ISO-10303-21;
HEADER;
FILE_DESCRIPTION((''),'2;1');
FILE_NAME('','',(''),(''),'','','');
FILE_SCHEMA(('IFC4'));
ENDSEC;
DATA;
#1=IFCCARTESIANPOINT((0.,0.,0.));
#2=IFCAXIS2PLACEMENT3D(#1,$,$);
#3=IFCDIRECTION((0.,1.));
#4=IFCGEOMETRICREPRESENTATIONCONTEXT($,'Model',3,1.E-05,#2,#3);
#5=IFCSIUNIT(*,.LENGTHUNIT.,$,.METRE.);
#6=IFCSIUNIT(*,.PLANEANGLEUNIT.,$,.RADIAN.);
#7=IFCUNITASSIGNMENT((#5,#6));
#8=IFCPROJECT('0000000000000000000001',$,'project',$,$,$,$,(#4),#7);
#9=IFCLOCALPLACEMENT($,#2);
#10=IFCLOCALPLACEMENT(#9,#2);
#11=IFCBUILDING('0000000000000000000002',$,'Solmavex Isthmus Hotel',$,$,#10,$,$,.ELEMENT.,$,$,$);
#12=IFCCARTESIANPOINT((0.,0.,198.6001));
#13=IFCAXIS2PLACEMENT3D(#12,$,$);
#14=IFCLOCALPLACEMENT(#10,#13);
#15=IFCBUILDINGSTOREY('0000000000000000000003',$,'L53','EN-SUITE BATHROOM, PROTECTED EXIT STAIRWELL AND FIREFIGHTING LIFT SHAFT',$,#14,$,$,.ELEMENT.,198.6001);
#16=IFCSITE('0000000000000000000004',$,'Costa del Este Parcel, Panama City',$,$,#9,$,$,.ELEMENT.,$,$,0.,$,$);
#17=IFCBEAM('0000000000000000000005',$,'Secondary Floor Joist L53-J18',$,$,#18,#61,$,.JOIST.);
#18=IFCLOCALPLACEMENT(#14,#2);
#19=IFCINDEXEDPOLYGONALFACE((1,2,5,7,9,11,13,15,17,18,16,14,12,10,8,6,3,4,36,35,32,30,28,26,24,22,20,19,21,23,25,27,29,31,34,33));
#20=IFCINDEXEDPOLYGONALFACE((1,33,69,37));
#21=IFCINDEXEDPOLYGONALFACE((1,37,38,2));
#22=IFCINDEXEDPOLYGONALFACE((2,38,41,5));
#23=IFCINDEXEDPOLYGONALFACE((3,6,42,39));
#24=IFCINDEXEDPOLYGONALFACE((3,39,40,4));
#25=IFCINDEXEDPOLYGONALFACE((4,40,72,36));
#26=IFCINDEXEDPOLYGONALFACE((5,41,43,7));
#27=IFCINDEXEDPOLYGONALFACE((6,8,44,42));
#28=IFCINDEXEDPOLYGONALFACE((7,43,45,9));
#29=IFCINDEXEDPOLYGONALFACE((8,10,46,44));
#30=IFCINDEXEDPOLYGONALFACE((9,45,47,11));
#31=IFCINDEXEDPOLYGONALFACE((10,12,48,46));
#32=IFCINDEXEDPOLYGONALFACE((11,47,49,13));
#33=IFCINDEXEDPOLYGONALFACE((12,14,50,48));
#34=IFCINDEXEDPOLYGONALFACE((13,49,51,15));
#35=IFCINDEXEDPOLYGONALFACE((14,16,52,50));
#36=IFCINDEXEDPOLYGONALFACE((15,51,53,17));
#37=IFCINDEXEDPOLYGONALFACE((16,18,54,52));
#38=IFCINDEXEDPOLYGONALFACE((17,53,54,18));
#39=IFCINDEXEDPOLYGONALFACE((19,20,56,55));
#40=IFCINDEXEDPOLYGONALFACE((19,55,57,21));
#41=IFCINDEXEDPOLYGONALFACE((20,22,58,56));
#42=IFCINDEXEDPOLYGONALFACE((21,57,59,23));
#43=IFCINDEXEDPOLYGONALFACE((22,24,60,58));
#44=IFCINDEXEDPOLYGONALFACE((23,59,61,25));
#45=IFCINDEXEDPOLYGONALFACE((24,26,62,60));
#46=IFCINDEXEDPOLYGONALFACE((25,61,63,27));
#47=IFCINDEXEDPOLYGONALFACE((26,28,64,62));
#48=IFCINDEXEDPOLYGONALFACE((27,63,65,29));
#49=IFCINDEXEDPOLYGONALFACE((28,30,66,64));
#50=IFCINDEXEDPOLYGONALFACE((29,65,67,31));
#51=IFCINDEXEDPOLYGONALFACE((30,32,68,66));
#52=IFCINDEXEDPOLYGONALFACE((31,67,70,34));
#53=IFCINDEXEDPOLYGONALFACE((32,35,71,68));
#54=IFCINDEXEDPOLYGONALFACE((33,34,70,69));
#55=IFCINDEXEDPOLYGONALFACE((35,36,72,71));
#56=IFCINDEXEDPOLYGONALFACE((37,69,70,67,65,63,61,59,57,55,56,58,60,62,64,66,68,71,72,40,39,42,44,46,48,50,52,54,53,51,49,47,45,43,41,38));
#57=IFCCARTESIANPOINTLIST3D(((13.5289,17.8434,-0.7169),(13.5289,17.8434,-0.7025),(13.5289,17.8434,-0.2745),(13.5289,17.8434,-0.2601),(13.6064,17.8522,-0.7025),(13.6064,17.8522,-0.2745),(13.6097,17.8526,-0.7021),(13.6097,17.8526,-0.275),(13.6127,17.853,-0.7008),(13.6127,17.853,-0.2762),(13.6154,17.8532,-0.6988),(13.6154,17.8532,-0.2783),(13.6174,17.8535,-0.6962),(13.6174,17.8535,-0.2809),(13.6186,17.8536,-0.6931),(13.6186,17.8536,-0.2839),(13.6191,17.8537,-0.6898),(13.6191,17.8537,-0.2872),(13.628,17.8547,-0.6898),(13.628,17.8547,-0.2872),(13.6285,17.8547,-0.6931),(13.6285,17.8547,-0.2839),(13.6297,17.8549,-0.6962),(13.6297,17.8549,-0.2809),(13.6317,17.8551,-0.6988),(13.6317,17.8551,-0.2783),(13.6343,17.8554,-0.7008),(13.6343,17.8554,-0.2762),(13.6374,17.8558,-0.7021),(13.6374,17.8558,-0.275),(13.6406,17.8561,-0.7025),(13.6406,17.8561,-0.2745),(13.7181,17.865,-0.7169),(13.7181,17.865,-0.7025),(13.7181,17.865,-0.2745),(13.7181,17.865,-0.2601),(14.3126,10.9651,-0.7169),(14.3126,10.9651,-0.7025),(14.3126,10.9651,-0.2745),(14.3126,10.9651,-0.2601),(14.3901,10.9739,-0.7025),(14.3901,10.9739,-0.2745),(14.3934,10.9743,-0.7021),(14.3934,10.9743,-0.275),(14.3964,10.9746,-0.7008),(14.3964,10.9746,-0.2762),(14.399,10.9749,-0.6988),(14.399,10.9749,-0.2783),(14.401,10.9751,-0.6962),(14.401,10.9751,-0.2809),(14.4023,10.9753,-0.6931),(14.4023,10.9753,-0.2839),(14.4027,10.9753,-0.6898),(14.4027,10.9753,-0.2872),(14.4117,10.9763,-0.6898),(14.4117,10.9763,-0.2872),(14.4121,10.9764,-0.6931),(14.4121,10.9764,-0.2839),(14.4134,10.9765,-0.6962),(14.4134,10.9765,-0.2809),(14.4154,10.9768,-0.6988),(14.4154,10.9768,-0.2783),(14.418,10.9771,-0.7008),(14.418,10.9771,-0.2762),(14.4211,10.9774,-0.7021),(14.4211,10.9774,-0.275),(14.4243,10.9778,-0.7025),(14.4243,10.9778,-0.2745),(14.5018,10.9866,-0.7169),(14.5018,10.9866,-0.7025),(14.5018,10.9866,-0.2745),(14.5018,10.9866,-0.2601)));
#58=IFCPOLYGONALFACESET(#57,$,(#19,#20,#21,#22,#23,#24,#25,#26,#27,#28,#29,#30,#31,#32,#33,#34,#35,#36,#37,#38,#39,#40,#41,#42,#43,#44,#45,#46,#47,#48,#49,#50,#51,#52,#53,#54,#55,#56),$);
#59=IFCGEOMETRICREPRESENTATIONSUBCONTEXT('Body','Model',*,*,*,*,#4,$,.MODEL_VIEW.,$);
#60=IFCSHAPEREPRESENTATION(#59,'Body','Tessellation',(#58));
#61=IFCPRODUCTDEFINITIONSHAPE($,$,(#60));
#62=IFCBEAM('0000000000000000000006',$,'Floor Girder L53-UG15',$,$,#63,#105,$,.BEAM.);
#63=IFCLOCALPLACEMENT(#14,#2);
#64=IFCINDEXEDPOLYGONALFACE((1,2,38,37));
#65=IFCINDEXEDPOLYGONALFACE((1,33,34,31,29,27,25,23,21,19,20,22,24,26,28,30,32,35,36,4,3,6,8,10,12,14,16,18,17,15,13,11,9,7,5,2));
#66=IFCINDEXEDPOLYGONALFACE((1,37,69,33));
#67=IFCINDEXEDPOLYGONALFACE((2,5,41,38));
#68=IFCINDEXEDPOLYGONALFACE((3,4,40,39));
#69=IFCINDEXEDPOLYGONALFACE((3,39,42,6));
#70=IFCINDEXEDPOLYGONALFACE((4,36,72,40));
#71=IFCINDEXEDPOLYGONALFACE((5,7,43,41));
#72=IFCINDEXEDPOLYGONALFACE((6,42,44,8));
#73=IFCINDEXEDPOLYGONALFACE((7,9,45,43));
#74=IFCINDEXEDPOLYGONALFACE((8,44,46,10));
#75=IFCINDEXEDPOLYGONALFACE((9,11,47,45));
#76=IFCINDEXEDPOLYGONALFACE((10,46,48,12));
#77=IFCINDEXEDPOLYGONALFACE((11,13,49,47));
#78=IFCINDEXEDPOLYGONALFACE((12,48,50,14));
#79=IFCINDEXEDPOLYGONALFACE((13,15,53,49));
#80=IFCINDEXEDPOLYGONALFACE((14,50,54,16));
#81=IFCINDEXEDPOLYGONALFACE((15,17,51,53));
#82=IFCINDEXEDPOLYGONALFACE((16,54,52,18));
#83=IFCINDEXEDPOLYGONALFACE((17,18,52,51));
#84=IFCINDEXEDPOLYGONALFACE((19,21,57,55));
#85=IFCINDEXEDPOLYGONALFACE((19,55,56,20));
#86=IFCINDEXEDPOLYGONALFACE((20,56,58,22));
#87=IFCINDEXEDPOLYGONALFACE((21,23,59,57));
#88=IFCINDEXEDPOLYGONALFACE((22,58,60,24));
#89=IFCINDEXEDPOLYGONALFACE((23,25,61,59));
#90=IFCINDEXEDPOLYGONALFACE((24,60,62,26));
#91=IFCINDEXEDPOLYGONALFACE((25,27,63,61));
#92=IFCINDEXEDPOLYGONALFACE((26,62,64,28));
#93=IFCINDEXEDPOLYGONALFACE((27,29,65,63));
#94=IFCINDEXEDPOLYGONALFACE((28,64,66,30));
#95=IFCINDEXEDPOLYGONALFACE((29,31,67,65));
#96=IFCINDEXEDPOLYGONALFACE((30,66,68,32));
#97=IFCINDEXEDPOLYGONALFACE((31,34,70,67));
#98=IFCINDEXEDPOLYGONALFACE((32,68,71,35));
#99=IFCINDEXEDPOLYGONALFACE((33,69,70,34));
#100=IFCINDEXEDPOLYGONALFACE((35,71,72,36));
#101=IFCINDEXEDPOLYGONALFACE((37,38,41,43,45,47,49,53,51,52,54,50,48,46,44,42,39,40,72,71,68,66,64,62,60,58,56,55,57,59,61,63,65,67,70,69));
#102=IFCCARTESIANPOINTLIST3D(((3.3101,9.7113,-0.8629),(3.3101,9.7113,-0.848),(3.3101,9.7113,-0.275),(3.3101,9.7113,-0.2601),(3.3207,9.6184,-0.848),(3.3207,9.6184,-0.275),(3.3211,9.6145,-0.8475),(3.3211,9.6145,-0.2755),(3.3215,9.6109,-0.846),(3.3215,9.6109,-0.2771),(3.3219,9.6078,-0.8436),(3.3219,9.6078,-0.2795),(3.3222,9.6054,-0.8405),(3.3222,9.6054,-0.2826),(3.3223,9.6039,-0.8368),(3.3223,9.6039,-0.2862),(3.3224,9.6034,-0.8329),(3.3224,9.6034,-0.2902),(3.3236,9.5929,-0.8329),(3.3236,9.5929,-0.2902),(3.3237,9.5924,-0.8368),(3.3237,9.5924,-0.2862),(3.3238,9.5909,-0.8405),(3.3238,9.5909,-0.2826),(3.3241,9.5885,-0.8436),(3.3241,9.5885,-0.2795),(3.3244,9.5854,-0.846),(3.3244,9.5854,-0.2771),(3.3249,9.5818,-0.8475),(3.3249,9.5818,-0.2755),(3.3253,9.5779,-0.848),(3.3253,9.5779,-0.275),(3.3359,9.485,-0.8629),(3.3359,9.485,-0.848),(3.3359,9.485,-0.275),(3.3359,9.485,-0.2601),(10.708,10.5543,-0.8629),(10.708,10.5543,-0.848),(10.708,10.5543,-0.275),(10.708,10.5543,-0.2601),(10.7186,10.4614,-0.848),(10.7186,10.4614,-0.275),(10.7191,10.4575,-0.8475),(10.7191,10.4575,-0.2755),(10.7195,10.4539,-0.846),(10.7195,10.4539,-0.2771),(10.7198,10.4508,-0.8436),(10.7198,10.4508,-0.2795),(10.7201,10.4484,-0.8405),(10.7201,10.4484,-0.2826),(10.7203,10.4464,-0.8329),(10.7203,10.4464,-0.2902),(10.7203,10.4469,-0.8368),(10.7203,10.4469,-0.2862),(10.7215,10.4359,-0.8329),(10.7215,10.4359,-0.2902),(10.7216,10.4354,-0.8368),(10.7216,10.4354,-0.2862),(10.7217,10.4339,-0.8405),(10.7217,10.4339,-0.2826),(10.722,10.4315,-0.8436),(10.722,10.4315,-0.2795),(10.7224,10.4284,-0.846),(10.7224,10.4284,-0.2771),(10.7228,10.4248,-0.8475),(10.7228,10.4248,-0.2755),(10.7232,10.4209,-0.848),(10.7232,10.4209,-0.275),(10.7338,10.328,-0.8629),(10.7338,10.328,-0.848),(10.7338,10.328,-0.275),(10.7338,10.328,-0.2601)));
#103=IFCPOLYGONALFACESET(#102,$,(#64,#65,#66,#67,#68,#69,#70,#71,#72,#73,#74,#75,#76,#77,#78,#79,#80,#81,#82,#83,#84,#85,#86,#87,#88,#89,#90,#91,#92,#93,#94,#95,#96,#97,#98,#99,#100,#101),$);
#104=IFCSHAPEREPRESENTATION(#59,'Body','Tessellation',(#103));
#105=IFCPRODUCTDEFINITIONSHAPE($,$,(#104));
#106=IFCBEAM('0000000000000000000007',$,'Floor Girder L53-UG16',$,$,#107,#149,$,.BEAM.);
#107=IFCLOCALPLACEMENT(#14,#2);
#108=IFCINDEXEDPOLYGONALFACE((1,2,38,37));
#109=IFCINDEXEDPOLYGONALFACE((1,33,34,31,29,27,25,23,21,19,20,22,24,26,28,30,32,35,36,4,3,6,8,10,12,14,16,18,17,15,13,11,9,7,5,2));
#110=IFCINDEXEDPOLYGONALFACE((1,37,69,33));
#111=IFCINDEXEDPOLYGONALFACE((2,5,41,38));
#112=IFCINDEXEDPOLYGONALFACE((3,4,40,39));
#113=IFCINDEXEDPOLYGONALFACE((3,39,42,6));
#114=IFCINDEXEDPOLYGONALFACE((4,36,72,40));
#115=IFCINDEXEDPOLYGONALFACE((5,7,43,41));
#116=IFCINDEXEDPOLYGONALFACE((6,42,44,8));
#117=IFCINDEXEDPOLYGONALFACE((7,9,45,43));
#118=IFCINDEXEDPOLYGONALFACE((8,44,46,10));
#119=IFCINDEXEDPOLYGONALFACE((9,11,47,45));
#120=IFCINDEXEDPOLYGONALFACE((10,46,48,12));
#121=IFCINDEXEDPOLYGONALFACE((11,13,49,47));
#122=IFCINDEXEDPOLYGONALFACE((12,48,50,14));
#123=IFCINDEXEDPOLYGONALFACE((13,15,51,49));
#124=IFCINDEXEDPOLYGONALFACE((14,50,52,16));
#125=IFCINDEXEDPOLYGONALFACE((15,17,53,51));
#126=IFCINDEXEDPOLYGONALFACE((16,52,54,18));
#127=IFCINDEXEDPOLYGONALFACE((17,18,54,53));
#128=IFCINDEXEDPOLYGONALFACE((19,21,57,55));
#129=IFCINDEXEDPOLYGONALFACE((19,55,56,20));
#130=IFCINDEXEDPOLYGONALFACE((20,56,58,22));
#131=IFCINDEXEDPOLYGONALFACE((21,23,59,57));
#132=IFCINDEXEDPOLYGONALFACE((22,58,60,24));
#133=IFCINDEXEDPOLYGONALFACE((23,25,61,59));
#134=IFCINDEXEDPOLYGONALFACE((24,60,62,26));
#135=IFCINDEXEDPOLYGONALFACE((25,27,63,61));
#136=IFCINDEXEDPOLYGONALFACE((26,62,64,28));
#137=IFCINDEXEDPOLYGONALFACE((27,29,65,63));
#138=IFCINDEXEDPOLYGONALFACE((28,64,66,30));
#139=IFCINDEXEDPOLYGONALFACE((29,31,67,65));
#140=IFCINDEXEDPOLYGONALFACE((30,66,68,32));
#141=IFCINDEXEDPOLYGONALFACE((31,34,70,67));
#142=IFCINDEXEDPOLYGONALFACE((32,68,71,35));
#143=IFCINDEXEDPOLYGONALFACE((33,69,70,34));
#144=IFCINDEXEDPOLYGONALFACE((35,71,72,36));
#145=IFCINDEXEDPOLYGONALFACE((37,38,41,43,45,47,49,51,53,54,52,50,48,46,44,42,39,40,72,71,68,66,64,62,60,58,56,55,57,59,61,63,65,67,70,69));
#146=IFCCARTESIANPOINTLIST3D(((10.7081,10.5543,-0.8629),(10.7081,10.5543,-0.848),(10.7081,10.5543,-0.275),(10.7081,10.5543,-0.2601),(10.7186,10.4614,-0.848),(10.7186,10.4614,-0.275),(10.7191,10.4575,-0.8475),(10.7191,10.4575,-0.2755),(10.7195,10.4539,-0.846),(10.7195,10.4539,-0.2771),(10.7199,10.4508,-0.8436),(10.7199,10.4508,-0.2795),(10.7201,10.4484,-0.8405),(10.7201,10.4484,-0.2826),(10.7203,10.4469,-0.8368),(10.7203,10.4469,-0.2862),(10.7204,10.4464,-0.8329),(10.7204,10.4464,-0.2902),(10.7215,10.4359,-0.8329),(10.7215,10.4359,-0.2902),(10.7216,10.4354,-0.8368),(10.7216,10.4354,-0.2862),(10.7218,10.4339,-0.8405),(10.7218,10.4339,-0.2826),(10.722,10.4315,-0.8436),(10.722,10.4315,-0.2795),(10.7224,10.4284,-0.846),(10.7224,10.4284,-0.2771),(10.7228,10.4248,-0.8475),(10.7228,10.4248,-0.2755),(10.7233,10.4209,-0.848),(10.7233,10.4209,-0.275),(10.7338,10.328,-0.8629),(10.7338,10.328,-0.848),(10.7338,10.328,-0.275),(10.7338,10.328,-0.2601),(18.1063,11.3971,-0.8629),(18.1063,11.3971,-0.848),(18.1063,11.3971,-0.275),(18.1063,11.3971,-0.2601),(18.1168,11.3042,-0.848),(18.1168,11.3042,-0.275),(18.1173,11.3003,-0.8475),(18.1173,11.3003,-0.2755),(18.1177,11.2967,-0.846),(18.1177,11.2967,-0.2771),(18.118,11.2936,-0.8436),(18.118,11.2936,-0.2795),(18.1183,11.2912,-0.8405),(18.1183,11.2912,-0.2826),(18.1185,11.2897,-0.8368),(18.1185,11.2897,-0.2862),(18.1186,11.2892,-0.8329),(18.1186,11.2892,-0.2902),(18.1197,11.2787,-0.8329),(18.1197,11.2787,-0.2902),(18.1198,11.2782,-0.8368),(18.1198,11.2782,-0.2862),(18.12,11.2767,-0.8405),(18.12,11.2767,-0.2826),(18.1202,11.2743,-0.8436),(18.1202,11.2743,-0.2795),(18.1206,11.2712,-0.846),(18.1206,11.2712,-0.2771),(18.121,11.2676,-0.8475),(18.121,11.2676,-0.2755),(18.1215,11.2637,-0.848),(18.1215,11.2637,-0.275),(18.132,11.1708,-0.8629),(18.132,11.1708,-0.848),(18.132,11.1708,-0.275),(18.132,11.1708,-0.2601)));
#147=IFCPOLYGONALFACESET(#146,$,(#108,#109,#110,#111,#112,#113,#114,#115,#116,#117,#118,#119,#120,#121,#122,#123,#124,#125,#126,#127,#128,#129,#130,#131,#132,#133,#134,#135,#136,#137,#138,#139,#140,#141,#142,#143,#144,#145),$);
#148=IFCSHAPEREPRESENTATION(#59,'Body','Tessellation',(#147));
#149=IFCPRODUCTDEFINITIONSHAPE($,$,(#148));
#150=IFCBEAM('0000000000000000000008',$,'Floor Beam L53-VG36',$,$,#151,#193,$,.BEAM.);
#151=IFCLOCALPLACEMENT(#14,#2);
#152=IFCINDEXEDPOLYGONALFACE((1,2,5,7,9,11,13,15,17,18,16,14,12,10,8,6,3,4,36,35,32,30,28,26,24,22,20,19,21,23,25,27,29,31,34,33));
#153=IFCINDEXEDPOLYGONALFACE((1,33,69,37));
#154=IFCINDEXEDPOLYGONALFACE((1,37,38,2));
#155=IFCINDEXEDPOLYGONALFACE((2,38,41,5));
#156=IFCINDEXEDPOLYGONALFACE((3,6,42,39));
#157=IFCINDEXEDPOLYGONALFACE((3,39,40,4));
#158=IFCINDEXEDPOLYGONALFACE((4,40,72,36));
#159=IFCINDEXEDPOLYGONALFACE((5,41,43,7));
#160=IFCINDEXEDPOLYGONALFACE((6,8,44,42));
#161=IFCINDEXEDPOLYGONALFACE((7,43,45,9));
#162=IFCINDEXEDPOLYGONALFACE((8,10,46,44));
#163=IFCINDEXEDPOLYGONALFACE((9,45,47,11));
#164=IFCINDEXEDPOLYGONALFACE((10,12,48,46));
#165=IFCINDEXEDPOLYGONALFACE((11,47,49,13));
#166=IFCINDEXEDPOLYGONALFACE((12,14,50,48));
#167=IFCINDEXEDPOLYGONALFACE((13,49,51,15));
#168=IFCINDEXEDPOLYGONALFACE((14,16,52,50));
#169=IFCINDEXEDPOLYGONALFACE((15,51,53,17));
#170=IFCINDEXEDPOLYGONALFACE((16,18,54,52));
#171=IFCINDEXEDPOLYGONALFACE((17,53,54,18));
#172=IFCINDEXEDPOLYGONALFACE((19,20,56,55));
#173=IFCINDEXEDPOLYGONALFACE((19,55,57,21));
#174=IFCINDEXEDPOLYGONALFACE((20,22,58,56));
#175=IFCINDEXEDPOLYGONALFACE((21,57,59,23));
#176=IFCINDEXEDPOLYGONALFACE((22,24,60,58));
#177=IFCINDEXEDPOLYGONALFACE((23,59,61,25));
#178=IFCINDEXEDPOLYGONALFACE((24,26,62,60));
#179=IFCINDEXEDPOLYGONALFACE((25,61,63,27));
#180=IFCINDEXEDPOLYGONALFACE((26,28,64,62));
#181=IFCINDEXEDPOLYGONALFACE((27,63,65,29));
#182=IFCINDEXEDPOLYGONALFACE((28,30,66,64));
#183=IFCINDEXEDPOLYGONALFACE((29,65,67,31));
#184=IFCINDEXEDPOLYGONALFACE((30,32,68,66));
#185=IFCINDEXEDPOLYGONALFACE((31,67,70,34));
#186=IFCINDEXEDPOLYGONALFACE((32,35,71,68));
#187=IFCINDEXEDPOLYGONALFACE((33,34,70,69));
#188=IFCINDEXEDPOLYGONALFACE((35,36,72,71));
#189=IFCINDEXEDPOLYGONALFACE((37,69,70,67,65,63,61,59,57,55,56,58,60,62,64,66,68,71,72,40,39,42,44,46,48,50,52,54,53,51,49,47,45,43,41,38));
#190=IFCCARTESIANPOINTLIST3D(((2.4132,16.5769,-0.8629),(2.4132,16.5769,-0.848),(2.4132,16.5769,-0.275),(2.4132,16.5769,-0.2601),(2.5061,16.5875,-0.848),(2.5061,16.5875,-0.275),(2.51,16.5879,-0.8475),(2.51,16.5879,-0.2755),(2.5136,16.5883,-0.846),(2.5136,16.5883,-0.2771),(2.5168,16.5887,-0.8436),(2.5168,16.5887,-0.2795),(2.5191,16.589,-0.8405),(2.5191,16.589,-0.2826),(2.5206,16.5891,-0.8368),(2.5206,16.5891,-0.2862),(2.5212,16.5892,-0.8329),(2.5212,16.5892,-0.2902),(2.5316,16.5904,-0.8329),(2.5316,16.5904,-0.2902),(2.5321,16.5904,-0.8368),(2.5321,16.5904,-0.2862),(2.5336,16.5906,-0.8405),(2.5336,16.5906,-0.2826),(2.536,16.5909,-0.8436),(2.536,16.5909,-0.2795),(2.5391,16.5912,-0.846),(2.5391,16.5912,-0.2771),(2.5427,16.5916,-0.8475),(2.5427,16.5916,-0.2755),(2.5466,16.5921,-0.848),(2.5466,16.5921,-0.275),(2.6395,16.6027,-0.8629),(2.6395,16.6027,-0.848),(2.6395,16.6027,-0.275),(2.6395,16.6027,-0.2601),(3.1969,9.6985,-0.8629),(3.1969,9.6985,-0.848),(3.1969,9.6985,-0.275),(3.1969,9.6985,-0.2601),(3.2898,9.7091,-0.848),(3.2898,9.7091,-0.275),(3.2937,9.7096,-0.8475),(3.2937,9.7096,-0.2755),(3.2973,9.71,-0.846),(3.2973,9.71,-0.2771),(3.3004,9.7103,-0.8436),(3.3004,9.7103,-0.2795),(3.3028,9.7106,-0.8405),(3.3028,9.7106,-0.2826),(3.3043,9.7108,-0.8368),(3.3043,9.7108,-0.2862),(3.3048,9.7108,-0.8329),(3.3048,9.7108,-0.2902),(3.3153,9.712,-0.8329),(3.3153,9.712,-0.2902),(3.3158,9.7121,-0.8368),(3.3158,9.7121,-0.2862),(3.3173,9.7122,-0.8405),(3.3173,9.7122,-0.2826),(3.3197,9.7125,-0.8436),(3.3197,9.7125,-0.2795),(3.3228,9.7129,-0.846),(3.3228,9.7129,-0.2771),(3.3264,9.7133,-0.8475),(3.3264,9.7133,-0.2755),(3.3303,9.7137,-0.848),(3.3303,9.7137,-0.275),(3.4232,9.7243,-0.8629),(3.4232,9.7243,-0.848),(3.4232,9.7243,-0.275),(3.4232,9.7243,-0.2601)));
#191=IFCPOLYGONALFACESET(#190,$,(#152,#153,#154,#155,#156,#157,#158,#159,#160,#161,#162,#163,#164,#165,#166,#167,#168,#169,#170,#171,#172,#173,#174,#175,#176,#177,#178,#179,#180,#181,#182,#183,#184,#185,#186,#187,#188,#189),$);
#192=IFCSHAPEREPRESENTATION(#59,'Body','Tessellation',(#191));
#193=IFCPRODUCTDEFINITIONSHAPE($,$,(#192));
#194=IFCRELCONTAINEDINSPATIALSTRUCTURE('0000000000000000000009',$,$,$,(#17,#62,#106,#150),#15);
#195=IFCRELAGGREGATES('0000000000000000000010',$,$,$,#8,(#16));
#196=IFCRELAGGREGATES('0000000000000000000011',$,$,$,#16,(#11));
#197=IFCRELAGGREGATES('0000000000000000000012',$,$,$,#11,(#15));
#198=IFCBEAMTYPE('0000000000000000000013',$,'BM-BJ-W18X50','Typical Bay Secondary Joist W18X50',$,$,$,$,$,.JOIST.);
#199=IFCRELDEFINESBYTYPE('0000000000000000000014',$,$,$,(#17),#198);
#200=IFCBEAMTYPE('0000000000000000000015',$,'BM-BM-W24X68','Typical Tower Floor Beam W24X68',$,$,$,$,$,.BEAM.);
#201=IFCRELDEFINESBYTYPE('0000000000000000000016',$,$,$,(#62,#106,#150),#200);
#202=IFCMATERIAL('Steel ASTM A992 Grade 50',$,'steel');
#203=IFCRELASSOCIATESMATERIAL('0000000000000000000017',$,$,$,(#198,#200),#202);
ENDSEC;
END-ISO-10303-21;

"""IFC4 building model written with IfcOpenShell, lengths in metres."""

from ifc_helpers import new_model, si_unit, direction, frame, origin, origin_2d, place, context, subcontext, project, spatial, i_section, extrude, material, material_profile, profile_set, type_object, element, save


model = new_model("IFC4")

# Units and contexts
model_context = context("Model", 3, precision=1e-05, world=origin(), true_north=direction((0.0, 1.0)))
body_context = subcontext(model_context, "Body", "Model", "MODEL_VIEW")
ifc_project = project(units=[si_unit("LENGTHUNIT", "METRE"), si_unit("PLANEANGLEUNIT", "RADIAN")], contexts=[model_context])

# Site, building, storey
site_placement = place(None, origin())
site = spatial("IfcSite", under=ifc_project, at=site_placement, Name="Costa del Este Parcel, Panama City", CompositionType="ELEMENT", RefElevation=0.0)
building_placement = place(site_placement, origin())
building = spatial("IfcBuilding", under=site, at=building_placement, Name="Solmavex Isthmus Hotel", CompositionType="ELEMENT")
storey_placement = place(building_placement, frame((0.0, 0.0, 198.6001)))
storey = spatial("IfcBuildingStorey", under=building, at=storey_placement, Name="L53", Description="EN-SUITE BATHROOM, PROTECTED EXIT STAIRWELL AND FIREFIGHTING LIFT SHAFT", CompositionType="ELEMENT", Elevation=198.6001)

# Beams
ifc_material_1 = material(Name="Steel ASTM A992 Grade 50", Category="steel")
ifc_material_profile_1 = material_profile(ifc_material_1, i_section(OverallWidth=0.1904, OverallDepth=0.4568, WebThickness=0.009, FlangeThickness=0.0144, FilletRadius=0.0127, at=origin_2d()), Name="W18X50")
ifc_profile_set_1 = profile_set([ifc_material_profile_1], Name="Steel ASTM A992 Grade 50")
beam_type_1 = type_object("IfcBeamType", Name="BM-BJ-W18X50", Description="Typical Bay Secondary Joist W18X50", PredefinedType="JOIST", material=ifc_profile_set_1)
for number, where, z_axis, x_axis, name in (
    (1, (14.4072, 10.9758, -0.4885), (-0.113202, 0.993572, 0.0), (-0.993572, -0.113202, 0.0), "Secondary Floor Joist L53-J18"),
):
    element("IfcBeam", number, at=place(storey_placement, frame(where, z_axis=z_axis, x_axis=x_axis)), inside=storey, type_object=beam_type_1, Name=name, PredefinedType="JOIST", context=body_context, shape_type="SweptSolid", body=[
        extrude(i_section(OverallWidth=0.1904, OverallDepth=0.4568, WebThickness=0.009, FlangeThickness=0.0144, FilletRadius=0.0127, at=origin_2d()), origin(), (0.0, 0.0, 1.0), 6.9229),
    ])
ifc_material_profile_2 = material_profile(ifc_material_1, i_section(OverallWidth=0.2278, OverallDepth=0.6028, WebThickness=0.0105, FlangeThickness=0.0149, FilletRadius=0.0151, at=origin_2d()), Name="W24X68")
ifc_profile_set_2 = profile_set([ifc_material_profile_2], Name="Steel ASTM A992 Grade 50")
beam_type_2 = type_object("IfcBeamType", Name="BM-BM-W24X68", Description="Typical Tower Floor Beam W24X68", PredefinedType="BEAM", material=ifc_profile_set_2)
beam_1_placement = place(storey_placement, frame((3.323, 9.5981, -0.5615), z_axis=(0.99357, 0.11322, 0.0), x_axis=(-0.11322, 0.99357, 0.0)))
element("IfcBeam", 2, at=beam_1_placement, inside=storey, type_object=beam_type_2, Name="Floor Girder L53-UG15", PredefinedType="BEAM", context=body_context, shape_type="SweptSolid", body=[
    extrude(i_section(OverallWidth=0.2278, OverallDepth=0.6028, WebThickness=0.0105, FlangeThickness=0.0149, FilletRadius=0.0151, at=origin_2d()), origin(), (0.0, 0.0, 1.0), 7.4458),
])
beam_2_placement = place(storey_placement, frame((10.7209, 10.4412, -0.5615), z_axis=(0.993574, 0.113184, 0.0), x_axis=(-0.113184, 0.993574, 0.0)))
element("IfcBeam", 3, at=beam_2_placement, inside=storey, type_object=beam_type_2, Name="Floor Girder L53-UG16", PredefinedType="BEAM", context=body_context, shape_type="SweptSolid", body=[
    extrude(i_section(OverallWidth=0.2278, OverallDepth=0.6028, WebThickness=0.0105, FlangeThickness=0.0149, FilletRadius=0.0151, at=origin_2d()), origin(), (0.0, 0.0, 1.0), 7.446),
])
for number, where, z_axis, x_axis, name in (
    (4, (3.3101, 9.7114, -0.5615), (-0.113202, 0.993572, 0.0), (-0.993572, -0.113202, 0.0), "Floor Beam L53-VG36"),
):
    element("IfcBeam", number, at=place(storey_placement, frame(where, z_axis=z_axis, x_axis=x_axis)), inside=storey, type_object=beam_type_2, Name=name, PredefinedType="BEAM", context=body_context, shape_type="SweptSolid", body=[
        extrude(i_section(OverallWidth=0.2278, OverallDepth=0.6028, WebThickness=0.0105, FlangeThickness=0.0149, FilletRadius=0.0151, at=origin_2d()), origin(), (0.0, 0.0, 1.0), 6.9229),
    ])

save(model, "model.ifc")
